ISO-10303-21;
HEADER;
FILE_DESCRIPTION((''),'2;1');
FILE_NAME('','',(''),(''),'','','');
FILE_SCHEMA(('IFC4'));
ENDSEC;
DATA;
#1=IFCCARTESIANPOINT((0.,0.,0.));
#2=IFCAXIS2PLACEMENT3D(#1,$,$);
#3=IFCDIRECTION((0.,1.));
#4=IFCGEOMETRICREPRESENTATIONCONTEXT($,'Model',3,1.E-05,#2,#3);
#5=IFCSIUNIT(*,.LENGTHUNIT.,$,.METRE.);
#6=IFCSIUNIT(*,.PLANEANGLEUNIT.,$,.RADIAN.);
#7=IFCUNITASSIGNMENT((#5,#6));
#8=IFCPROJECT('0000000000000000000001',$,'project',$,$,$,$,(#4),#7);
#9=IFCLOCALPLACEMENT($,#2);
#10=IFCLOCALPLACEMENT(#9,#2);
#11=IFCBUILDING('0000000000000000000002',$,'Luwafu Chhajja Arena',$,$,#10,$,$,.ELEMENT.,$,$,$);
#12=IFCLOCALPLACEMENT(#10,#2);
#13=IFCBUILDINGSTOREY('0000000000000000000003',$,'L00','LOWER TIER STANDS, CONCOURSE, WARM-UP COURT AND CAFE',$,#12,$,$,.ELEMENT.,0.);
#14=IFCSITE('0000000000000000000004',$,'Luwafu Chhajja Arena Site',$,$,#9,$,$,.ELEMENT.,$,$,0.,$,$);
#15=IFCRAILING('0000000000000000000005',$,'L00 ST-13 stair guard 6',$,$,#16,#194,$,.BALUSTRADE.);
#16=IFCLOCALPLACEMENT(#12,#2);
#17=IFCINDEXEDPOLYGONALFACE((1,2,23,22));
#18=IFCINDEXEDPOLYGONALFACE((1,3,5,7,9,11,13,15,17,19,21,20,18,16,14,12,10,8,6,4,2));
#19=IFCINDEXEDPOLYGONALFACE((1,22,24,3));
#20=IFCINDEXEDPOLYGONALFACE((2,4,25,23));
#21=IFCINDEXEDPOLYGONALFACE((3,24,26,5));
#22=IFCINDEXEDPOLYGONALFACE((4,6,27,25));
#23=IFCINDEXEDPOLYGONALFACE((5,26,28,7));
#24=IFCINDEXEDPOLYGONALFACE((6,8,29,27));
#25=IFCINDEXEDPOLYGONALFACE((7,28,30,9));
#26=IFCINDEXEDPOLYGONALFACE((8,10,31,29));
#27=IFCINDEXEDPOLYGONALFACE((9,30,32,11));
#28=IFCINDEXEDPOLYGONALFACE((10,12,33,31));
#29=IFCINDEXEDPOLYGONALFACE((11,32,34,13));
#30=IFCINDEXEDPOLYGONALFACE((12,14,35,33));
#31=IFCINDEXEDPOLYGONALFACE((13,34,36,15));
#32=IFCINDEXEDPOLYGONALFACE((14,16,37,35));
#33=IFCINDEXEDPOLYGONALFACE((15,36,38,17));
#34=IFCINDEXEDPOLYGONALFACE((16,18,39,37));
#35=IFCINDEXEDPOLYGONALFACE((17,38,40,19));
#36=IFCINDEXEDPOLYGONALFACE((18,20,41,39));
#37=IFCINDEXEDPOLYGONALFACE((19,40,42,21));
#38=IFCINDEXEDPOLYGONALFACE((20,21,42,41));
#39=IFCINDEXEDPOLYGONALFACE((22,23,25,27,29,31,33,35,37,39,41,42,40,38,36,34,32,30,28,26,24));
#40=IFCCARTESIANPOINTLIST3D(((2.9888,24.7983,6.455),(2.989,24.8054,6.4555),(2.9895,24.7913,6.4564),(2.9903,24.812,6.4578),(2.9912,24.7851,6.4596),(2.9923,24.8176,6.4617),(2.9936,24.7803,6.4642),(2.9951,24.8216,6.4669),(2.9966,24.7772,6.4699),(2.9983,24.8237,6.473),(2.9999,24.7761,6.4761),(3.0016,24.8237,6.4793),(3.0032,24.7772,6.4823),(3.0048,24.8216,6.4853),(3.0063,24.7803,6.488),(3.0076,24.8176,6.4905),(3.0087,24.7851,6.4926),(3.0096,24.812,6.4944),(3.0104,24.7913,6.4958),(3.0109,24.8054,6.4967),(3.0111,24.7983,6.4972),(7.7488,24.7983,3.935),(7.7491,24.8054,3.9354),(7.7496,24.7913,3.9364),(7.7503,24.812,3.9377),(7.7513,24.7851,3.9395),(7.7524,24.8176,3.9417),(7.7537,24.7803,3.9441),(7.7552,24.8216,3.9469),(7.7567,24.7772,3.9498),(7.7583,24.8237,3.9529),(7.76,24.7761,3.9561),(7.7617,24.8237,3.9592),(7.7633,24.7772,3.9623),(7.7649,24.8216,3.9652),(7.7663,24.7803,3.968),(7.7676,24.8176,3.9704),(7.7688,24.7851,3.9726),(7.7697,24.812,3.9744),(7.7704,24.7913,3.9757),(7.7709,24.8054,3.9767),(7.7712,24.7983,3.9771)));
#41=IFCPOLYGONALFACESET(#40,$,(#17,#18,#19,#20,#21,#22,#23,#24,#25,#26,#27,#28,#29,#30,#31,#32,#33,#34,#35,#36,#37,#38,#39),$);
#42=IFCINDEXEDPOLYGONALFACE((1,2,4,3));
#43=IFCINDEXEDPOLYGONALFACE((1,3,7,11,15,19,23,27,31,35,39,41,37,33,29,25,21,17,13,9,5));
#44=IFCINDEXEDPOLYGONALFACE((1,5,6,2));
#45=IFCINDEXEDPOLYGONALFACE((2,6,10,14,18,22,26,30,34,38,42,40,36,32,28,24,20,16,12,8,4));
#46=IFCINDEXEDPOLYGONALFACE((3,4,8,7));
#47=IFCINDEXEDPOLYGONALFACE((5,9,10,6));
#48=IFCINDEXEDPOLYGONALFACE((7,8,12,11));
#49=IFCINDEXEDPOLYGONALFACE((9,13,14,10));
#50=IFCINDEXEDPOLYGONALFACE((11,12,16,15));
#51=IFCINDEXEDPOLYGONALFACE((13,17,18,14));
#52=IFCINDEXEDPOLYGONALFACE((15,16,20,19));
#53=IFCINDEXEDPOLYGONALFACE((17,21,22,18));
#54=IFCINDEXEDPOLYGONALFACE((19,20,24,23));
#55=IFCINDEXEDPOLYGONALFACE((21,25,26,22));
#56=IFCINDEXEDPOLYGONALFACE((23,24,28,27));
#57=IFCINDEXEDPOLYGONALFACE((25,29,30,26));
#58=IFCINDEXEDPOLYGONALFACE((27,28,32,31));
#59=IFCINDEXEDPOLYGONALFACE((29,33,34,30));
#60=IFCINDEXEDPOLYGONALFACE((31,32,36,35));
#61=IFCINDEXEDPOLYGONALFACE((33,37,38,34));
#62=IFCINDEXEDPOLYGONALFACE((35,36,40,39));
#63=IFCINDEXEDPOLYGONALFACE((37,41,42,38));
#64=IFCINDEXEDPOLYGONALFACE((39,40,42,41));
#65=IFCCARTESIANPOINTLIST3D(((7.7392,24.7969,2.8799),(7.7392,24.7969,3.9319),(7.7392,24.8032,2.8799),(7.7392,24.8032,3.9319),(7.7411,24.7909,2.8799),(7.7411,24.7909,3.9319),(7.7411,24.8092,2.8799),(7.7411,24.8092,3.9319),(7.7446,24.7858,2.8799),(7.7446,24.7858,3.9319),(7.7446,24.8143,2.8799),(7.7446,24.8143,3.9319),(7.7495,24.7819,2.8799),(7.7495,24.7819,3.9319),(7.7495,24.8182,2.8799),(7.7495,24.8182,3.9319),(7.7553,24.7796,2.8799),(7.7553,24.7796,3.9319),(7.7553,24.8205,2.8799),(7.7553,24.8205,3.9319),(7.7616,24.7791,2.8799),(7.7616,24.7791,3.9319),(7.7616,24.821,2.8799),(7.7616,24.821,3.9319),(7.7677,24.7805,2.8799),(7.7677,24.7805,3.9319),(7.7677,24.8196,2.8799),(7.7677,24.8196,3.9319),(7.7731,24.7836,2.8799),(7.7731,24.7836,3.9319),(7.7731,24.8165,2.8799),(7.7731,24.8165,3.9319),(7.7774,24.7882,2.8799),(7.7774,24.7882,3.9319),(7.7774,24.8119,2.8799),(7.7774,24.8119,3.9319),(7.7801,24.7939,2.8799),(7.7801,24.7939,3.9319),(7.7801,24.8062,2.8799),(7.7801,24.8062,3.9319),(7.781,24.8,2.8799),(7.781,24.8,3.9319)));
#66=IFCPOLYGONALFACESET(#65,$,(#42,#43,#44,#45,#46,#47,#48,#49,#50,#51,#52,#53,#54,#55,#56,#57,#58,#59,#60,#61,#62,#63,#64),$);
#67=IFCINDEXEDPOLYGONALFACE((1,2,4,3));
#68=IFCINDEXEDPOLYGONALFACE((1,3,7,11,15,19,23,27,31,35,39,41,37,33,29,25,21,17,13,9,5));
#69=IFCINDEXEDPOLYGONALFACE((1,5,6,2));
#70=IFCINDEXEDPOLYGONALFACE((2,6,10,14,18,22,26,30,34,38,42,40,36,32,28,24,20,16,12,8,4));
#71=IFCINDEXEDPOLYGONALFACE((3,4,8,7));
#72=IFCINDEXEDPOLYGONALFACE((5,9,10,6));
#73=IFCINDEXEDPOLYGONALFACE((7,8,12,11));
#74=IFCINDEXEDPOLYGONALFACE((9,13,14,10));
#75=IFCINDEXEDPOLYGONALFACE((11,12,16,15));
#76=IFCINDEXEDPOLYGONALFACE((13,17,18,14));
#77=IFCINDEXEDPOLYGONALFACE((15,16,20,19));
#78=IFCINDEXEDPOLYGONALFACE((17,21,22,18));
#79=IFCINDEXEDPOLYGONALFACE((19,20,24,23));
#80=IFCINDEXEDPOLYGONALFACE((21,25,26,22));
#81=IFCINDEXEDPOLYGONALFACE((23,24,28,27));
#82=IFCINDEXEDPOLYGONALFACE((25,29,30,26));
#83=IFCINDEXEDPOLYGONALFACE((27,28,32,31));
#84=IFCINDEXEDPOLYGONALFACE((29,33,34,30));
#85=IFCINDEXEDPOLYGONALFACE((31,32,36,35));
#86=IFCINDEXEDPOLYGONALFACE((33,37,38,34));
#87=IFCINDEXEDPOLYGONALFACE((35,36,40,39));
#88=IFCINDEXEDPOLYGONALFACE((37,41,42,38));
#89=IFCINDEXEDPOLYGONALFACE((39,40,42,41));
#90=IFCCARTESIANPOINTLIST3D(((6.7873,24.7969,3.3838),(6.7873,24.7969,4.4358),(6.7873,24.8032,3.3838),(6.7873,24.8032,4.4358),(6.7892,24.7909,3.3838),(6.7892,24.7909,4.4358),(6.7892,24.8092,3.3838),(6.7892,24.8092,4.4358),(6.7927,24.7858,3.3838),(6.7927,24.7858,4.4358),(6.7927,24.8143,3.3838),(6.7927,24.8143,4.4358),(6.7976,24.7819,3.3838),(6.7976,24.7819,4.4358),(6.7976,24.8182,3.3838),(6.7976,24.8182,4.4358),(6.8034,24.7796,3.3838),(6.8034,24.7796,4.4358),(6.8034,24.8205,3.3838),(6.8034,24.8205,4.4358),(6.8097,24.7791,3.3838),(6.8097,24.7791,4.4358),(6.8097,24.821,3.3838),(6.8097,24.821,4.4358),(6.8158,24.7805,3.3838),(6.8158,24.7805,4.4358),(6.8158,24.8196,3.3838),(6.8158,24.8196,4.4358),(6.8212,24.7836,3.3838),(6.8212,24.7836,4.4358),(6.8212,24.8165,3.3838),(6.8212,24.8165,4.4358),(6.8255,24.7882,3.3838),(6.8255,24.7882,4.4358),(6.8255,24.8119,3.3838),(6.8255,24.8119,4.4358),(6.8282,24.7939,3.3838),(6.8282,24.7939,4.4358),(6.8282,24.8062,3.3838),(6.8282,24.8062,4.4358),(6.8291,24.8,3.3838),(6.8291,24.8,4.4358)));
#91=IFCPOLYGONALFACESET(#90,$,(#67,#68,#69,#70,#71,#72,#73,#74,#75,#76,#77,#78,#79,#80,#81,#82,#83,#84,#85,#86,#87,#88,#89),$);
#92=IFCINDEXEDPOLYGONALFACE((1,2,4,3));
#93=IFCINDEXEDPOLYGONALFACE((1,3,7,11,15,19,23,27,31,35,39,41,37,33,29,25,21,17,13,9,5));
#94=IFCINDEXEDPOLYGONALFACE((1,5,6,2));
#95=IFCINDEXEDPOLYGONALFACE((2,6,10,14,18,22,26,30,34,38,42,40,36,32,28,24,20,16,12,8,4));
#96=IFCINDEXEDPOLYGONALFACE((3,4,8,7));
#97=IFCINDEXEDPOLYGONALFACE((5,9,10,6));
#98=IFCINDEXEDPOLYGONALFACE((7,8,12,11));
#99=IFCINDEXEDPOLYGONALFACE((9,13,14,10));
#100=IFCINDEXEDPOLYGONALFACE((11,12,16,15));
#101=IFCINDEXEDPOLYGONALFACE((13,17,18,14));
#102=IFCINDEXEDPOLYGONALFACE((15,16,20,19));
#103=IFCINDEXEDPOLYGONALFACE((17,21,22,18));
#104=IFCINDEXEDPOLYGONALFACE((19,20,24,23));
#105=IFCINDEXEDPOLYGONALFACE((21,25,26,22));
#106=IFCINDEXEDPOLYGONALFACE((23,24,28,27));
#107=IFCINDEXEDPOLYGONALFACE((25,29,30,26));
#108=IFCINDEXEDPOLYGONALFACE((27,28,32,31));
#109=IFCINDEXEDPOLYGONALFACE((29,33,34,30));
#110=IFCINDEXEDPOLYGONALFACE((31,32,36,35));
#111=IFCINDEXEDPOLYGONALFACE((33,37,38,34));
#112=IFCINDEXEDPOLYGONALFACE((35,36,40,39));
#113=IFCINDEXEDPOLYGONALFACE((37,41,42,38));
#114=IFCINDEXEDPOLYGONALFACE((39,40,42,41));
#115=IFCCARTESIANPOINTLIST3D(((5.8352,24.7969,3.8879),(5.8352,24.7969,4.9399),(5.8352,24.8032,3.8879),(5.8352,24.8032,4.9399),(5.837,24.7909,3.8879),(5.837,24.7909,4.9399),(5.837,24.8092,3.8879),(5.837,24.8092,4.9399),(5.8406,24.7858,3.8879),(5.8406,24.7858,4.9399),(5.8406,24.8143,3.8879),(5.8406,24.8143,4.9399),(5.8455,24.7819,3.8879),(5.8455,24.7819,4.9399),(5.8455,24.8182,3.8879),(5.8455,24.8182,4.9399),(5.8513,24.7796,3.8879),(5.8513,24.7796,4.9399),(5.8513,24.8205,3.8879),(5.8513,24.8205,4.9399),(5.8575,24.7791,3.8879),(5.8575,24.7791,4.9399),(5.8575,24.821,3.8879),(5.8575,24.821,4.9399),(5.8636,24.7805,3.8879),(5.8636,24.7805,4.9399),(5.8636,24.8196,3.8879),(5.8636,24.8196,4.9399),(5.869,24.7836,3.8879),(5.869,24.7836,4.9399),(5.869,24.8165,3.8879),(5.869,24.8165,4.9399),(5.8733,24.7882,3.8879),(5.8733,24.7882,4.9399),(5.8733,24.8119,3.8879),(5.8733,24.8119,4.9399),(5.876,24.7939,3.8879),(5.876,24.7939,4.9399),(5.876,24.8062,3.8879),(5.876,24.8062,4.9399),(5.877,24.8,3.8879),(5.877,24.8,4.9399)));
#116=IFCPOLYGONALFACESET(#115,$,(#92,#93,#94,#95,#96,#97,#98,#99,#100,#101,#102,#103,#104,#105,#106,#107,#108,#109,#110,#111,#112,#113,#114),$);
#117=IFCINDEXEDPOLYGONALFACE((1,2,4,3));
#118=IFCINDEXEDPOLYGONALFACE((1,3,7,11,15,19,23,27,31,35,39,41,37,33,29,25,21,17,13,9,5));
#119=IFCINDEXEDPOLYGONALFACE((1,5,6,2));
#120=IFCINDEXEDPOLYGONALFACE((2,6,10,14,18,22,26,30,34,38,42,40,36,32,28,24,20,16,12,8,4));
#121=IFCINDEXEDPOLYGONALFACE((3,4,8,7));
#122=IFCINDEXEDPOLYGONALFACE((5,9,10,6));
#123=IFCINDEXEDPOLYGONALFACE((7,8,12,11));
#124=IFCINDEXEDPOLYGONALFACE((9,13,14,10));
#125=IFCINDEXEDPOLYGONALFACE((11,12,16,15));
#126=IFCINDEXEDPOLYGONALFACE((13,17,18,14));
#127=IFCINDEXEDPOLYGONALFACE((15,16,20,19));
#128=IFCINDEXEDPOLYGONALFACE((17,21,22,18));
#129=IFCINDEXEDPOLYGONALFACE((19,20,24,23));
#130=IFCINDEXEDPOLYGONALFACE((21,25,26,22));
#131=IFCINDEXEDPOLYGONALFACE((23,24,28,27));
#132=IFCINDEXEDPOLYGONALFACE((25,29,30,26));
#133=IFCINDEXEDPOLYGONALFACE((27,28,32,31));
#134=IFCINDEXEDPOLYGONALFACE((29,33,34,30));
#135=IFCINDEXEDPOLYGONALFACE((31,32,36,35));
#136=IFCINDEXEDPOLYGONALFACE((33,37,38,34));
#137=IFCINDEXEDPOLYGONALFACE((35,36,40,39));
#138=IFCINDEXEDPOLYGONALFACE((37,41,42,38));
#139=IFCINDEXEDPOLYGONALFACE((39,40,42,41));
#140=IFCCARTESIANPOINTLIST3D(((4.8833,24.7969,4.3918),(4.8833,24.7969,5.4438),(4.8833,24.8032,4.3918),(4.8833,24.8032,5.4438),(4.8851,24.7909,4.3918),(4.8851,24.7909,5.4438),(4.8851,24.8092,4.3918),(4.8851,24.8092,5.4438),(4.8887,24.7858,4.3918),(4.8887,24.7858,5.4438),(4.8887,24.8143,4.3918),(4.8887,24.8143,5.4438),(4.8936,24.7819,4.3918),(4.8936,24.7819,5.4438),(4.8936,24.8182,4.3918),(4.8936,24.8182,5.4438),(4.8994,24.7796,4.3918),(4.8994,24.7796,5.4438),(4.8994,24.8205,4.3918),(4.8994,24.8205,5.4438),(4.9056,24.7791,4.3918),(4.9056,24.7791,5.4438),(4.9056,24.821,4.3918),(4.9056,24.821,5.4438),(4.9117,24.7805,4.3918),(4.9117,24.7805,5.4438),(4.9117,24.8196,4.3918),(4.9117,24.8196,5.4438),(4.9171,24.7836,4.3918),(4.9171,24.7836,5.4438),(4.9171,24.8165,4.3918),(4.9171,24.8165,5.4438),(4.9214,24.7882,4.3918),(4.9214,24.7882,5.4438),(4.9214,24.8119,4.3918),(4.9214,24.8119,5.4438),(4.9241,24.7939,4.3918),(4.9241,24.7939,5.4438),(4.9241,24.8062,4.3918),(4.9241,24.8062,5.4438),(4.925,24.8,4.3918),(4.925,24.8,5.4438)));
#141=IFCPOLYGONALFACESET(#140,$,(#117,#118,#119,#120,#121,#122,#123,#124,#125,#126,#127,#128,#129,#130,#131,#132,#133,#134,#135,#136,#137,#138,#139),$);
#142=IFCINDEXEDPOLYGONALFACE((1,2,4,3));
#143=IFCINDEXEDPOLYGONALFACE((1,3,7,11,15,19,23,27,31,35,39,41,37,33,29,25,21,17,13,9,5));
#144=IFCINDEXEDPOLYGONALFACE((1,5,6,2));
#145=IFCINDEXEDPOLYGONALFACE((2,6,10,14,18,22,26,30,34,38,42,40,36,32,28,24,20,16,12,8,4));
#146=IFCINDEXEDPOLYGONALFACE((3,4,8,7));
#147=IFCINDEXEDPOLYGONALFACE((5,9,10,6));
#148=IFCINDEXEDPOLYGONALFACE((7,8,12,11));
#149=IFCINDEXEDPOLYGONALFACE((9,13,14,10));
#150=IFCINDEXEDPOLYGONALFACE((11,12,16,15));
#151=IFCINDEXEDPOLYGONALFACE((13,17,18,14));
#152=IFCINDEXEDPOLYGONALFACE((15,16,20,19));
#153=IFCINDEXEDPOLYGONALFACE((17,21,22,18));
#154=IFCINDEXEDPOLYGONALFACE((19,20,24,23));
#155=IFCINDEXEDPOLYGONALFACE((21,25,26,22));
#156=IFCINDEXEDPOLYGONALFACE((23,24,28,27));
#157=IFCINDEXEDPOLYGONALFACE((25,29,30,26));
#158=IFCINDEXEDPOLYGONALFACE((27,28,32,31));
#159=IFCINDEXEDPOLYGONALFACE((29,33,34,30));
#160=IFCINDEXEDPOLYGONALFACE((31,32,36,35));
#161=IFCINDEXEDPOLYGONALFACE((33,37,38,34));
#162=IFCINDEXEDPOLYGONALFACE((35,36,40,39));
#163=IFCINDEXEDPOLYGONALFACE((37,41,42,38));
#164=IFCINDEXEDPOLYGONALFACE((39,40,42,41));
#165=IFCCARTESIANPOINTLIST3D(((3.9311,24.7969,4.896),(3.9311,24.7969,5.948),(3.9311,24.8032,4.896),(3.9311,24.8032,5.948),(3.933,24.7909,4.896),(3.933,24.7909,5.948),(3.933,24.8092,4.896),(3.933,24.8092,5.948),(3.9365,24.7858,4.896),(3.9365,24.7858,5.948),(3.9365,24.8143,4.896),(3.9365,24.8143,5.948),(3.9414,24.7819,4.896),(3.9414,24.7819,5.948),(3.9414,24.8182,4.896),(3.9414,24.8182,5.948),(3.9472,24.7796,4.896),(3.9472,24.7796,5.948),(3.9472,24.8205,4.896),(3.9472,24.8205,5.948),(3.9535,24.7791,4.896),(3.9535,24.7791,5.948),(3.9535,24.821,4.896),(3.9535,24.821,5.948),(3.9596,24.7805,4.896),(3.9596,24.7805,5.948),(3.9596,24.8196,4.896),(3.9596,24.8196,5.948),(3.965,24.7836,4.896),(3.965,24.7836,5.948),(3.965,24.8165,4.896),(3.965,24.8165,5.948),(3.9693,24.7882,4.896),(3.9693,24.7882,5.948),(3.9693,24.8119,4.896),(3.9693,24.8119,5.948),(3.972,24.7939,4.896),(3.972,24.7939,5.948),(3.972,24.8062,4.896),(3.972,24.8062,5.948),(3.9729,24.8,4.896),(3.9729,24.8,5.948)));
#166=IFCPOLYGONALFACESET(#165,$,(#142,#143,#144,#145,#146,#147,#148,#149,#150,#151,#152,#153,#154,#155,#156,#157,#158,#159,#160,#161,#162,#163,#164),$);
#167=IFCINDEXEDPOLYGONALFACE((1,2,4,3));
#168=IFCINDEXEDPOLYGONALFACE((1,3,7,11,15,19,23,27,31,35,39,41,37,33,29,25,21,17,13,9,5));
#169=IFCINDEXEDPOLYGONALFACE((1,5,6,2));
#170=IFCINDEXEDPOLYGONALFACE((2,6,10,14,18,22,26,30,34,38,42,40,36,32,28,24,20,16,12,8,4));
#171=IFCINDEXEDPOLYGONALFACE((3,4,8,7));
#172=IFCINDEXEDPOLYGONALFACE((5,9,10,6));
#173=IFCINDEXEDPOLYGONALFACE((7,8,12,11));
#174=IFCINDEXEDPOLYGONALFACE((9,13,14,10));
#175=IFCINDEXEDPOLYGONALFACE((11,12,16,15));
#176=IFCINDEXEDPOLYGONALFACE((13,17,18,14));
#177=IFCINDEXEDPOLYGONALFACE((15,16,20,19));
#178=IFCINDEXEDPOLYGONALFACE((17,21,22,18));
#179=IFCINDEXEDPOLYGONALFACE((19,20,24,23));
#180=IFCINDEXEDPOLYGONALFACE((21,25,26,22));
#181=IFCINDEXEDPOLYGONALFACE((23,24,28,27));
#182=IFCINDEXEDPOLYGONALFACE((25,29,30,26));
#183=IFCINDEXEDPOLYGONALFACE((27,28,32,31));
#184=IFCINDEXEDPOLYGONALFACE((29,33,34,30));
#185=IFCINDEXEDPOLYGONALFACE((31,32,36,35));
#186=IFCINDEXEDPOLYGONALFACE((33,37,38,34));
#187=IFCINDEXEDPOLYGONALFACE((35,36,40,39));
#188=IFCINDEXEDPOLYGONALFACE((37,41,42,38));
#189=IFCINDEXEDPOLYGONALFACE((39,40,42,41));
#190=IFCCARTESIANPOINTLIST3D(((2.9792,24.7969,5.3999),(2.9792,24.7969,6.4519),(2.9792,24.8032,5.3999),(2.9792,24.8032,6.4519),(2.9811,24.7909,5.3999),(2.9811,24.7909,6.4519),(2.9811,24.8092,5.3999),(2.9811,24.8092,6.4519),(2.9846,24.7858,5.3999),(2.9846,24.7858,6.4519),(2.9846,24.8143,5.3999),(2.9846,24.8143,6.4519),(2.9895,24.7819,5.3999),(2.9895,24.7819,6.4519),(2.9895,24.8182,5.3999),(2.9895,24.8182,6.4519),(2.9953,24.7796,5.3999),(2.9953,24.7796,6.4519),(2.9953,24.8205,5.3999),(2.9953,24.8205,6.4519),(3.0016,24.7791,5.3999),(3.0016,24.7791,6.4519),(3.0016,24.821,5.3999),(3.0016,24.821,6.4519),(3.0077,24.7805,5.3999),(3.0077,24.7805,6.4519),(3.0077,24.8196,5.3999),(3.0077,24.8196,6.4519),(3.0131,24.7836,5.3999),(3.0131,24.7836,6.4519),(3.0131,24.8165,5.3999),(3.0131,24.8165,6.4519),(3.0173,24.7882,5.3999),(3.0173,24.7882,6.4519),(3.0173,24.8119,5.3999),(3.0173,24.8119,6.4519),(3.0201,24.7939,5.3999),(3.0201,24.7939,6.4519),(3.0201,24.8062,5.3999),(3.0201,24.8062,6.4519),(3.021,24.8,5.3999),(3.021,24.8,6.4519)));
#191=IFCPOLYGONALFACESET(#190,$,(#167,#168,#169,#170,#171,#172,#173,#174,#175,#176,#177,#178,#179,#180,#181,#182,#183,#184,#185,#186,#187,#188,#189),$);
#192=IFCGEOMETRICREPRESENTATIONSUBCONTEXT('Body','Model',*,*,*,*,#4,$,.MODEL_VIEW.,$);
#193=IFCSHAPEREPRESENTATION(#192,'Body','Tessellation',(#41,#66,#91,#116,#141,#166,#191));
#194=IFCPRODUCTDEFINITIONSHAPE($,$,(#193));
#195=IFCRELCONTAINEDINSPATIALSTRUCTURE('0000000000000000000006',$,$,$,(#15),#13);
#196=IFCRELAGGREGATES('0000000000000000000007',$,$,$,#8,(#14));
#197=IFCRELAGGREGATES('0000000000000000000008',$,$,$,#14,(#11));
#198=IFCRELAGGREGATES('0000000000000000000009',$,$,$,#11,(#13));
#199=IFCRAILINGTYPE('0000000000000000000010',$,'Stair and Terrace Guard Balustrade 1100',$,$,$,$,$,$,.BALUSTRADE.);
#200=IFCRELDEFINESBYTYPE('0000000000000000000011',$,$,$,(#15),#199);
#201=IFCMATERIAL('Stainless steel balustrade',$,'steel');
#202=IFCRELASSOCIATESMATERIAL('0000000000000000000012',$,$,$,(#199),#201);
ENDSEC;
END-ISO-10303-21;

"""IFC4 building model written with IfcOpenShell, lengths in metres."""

from ifc_helpers import new_model, si_unit, direction, frame, origin, origin_2d, place, context, subcontext, project, spatial, circle, extrude, material, type_object, element, save


model = new_model("IFC4")

# Units and contexts
model_context = context("Model", 3, precision=1e-05, world=origin(), true_north=direction((0.0, 1.0)))
body_context = subcontext(model_context, "Body", "Model", "MODEL_VIEW")
ifc_project = project(units=[si_unit("LENGTHUNIT", "METRE"), si_unit("PLANEANGLEUNIT", "RADIAN")], contexts=[model_context])

# Site, building, storey
site_placement = place(None, origin())
site = spatial("IfcSite", under=ifc_project, at=site_placement, Name="Luwafu Chhajja Arena Site", CompositionType="ELEMENT", RefElevation=0.0)
building_placement = place(site_placement, origin())
building = spatial("IfcBuilding", under=site, at=building_placement, Name="Luwafu Chhajja Arena", CompositionType="ELEMENT")
storey_placement = place(building_placement, origin())
storey = spatial("IfcBuildingStorey", under=building, at=storey_placement, Name="L00", Description="LOWER TIER STANDS, CONCOURSE, WARM-UP COURT AND CAFE", CompositionType="ELEMENT", Elevation=0.0)

# Railing
ifc_material_1 = material(Name="Stainless steel balustrade", Category="steel")
railing_type_1 = type_object("IfcRailingType", Name="Stair and Terrace Guard Balustrade 1100", PredefinedType="BALUSTRADE", material=ifc_material_1)
railing_1_placement = place(storey_placement, frame((7.76, 24.8, 2.8799)))
element("IfcRailing", 1, at=railing_1_placement, inside=storey, type_object=railing_type_1, Name="L00 ST-13 stair guard 6", PredefinedType="BALUSTRADE", context=body_context, shape_type="SweptSolid", body=[
    extrude(circle(Radius=0.0239, at=origin_2d()), frame((0.0, 0.0, 1.0762), z_axis=(-0.883787, 0.0, 0.46789), x_axis=(0.0, -1.0, 0.0)), (0.0, 0.0, 1.0), 5.386),
    extrude(circle(Radius=0.021, at=origin_2d()), origin(), (0.0, 0.0, 1.0), 1.052),
    extrude(circle(Radius=0.021, at=origin_2d()), frame((-0.9519, 0.0, 0.5039)), (0.0, 0.0, 1.0), 1.052),
    extrude(circle(Radius=0.021, at=origin_2d()), frame((-1.9041, 0.0, 1.0081)), (0.0, 0.0, 1.0), 1.052),
    extrude(circle(Radius=0.021, at=origin_2d()), frame((-2.856, 0.0, 1.512)), (0.0, 0.0, 1.0), 1.052),
    extrude(circle(Radius=0.021, at=origin_2d()), frame((-3.8081, 0.0, 2.0161)), (0.0, 0.0, 1.0), 1.052),
    extrude(circle(Radius=0.021, at=origin_2d()), frame((-4.76, 0.0, 2.52)), (0.0, 0.0, 1.0), 1.052),
])

save(model, "model.ifc")
